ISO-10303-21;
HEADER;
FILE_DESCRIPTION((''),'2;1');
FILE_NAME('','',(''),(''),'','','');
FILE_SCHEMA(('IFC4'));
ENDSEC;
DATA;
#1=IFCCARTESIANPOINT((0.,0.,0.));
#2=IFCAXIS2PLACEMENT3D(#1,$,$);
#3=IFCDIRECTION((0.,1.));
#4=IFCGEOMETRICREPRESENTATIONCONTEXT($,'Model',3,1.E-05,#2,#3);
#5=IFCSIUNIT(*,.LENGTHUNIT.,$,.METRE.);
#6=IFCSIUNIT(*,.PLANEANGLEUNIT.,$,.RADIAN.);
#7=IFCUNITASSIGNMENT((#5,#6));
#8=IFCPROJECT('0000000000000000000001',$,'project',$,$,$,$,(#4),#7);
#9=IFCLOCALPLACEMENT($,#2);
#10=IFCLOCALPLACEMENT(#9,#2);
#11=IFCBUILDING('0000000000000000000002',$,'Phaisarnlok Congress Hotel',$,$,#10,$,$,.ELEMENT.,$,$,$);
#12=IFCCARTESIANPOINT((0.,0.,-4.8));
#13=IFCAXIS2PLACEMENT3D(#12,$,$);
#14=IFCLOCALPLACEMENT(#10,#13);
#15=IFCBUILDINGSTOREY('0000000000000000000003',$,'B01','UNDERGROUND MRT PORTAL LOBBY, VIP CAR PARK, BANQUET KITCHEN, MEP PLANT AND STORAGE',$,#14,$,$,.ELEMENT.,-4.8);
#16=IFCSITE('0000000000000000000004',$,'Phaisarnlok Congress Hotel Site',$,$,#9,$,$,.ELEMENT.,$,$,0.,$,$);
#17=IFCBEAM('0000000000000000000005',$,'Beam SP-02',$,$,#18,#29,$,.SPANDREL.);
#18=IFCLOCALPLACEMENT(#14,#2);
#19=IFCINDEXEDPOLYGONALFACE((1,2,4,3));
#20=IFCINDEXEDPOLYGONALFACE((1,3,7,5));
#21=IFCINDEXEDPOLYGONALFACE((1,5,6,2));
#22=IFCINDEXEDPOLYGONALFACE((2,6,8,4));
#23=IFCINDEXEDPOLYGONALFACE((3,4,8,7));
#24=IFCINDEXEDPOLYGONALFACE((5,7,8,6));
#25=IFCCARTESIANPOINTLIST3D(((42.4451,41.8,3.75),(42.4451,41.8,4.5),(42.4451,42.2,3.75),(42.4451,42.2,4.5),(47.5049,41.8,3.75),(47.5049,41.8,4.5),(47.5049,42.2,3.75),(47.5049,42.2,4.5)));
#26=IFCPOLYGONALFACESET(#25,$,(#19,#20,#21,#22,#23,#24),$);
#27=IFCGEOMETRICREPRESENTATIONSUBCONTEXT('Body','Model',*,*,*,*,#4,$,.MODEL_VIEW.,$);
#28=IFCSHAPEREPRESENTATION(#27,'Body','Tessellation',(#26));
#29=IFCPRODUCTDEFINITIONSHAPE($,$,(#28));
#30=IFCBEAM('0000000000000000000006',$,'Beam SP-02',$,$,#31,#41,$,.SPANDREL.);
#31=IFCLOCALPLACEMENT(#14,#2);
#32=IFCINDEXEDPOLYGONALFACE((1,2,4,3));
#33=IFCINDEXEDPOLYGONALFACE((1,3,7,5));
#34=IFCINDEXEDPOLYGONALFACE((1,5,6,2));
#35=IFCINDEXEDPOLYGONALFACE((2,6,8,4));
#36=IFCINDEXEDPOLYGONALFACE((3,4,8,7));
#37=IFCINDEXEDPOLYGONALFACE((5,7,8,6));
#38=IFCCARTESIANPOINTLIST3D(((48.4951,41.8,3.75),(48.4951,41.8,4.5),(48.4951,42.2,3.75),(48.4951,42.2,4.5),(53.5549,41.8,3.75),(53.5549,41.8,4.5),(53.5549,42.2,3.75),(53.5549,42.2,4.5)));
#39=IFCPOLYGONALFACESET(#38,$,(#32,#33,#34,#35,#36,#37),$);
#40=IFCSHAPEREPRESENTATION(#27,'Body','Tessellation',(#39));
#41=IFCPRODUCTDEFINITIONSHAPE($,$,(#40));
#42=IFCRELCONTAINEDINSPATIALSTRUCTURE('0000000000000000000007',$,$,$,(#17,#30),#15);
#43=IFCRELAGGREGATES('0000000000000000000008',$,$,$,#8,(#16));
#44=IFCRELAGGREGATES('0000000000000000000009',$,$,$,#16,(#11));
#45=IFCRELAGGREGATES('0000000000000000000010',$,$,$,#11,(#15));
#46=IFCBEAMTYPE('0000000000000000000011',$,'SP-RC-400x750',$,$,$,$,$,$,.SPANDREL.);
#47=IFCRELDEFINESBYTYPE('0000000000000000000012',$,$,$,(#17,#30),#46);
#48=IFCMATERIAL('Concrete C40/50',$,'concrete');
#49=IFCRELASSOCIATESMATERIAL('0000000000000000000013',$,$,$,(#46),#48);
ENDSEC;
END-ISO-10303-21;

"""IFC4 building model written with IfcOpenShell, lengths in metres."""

from ifc_helpers import new_model, si_unit, direction, frame, origin, origin_2d, place, context, subcontext, project, spatial, rectangle, extrude, material, material_profile, profile_set, type_object, element, save


model = new_model("IFC4")

# Units and contexts
model_context = context("Model", 3, precision=1e-05, world=origin(), true_north=direction((0.0, 1.0)))
body_context = subcontext(model_context, "Body", "Model", "MODEL_VIEW")
ifc_project = project(units=[si_unit("LENGTHUNIT", "METRE"), si_unit("PLANEANGLEUNIT", "RADIAN")], contexts=[model_context])

# Site, building, storey
site_placement = place(None, origin())
site = spatial("IfcSite", under=ifc_project, at=site_placement, Name="Phaisarnlok Congress Hotel Site", CompositionType="ELEMENT", RefElevation=0.0)
building_placement = place(site_placement, origin())
building = spatial("IfcBuilding", under=site, at=building_placement, Name="Phaisarnlok Congress Hotel", CompositionType="ELEMENT")
storey_placement = place(building_placement, frame((0.0, 0.0, -4.8)))
storey = spatial("IfcBuildingStorey", under=building, at=storey_placement, Name="B01", Description="UNDERGROUND MRT PORTAL LOBBY, VIP CAR PARK, BANQUET KITCHEN, MEP PLANT AND STORAGE", CompositionType="ELEMENT", Elevation=-4.8)

# Shared definitions
ifc_material_1 = material(Name="Concrete C40/50", Category="concrete")

# Beams
ifc_material_profile_1 = material_profile(ifc_material_1, rectangle(XDim=0.3999, YDim=0.75, at=origin_2d()), Name="RC 400x750")
ifc_profile_set_1 = profile_set([ifc_material_profile_1], Name="Concrete C40/50")
beam_type_1 = type_object("IfcBeamType", Name="SP-RC-400x750", PredefinedType="SPANDREL", material=ifc_profile_set_1)
for number, where, z_axis, x_axis, name in (
    (1, (42.4451, 42.0, 4.125), (1.0, 0.0, 0.0), (0.0, 1.0, 0.0), "Beam SP-02"),
    (2, (48.4951, 42.0, 4.125), (1.0, 0.0, 0.0), (0.0, 1.0, 0.0), "Beam SP-02"),
):
    element("IfcBeam", number, at=place(storey_placement, frame(where, z_axis=z_axis, x_axis=x_axis)), inside=storey, type_object=beam_type_1, Name=name, PredefinedType="SPANDREL", context=body_context, shape_type="SweptSolid", body=[
        extrude(rectangle(XDim=0.3999, YDim=0.75, at=origin_2d()), origin(), (0.0, 0.0, 1.0), 5.0598),
    ])

save(model, "model.ifc")
